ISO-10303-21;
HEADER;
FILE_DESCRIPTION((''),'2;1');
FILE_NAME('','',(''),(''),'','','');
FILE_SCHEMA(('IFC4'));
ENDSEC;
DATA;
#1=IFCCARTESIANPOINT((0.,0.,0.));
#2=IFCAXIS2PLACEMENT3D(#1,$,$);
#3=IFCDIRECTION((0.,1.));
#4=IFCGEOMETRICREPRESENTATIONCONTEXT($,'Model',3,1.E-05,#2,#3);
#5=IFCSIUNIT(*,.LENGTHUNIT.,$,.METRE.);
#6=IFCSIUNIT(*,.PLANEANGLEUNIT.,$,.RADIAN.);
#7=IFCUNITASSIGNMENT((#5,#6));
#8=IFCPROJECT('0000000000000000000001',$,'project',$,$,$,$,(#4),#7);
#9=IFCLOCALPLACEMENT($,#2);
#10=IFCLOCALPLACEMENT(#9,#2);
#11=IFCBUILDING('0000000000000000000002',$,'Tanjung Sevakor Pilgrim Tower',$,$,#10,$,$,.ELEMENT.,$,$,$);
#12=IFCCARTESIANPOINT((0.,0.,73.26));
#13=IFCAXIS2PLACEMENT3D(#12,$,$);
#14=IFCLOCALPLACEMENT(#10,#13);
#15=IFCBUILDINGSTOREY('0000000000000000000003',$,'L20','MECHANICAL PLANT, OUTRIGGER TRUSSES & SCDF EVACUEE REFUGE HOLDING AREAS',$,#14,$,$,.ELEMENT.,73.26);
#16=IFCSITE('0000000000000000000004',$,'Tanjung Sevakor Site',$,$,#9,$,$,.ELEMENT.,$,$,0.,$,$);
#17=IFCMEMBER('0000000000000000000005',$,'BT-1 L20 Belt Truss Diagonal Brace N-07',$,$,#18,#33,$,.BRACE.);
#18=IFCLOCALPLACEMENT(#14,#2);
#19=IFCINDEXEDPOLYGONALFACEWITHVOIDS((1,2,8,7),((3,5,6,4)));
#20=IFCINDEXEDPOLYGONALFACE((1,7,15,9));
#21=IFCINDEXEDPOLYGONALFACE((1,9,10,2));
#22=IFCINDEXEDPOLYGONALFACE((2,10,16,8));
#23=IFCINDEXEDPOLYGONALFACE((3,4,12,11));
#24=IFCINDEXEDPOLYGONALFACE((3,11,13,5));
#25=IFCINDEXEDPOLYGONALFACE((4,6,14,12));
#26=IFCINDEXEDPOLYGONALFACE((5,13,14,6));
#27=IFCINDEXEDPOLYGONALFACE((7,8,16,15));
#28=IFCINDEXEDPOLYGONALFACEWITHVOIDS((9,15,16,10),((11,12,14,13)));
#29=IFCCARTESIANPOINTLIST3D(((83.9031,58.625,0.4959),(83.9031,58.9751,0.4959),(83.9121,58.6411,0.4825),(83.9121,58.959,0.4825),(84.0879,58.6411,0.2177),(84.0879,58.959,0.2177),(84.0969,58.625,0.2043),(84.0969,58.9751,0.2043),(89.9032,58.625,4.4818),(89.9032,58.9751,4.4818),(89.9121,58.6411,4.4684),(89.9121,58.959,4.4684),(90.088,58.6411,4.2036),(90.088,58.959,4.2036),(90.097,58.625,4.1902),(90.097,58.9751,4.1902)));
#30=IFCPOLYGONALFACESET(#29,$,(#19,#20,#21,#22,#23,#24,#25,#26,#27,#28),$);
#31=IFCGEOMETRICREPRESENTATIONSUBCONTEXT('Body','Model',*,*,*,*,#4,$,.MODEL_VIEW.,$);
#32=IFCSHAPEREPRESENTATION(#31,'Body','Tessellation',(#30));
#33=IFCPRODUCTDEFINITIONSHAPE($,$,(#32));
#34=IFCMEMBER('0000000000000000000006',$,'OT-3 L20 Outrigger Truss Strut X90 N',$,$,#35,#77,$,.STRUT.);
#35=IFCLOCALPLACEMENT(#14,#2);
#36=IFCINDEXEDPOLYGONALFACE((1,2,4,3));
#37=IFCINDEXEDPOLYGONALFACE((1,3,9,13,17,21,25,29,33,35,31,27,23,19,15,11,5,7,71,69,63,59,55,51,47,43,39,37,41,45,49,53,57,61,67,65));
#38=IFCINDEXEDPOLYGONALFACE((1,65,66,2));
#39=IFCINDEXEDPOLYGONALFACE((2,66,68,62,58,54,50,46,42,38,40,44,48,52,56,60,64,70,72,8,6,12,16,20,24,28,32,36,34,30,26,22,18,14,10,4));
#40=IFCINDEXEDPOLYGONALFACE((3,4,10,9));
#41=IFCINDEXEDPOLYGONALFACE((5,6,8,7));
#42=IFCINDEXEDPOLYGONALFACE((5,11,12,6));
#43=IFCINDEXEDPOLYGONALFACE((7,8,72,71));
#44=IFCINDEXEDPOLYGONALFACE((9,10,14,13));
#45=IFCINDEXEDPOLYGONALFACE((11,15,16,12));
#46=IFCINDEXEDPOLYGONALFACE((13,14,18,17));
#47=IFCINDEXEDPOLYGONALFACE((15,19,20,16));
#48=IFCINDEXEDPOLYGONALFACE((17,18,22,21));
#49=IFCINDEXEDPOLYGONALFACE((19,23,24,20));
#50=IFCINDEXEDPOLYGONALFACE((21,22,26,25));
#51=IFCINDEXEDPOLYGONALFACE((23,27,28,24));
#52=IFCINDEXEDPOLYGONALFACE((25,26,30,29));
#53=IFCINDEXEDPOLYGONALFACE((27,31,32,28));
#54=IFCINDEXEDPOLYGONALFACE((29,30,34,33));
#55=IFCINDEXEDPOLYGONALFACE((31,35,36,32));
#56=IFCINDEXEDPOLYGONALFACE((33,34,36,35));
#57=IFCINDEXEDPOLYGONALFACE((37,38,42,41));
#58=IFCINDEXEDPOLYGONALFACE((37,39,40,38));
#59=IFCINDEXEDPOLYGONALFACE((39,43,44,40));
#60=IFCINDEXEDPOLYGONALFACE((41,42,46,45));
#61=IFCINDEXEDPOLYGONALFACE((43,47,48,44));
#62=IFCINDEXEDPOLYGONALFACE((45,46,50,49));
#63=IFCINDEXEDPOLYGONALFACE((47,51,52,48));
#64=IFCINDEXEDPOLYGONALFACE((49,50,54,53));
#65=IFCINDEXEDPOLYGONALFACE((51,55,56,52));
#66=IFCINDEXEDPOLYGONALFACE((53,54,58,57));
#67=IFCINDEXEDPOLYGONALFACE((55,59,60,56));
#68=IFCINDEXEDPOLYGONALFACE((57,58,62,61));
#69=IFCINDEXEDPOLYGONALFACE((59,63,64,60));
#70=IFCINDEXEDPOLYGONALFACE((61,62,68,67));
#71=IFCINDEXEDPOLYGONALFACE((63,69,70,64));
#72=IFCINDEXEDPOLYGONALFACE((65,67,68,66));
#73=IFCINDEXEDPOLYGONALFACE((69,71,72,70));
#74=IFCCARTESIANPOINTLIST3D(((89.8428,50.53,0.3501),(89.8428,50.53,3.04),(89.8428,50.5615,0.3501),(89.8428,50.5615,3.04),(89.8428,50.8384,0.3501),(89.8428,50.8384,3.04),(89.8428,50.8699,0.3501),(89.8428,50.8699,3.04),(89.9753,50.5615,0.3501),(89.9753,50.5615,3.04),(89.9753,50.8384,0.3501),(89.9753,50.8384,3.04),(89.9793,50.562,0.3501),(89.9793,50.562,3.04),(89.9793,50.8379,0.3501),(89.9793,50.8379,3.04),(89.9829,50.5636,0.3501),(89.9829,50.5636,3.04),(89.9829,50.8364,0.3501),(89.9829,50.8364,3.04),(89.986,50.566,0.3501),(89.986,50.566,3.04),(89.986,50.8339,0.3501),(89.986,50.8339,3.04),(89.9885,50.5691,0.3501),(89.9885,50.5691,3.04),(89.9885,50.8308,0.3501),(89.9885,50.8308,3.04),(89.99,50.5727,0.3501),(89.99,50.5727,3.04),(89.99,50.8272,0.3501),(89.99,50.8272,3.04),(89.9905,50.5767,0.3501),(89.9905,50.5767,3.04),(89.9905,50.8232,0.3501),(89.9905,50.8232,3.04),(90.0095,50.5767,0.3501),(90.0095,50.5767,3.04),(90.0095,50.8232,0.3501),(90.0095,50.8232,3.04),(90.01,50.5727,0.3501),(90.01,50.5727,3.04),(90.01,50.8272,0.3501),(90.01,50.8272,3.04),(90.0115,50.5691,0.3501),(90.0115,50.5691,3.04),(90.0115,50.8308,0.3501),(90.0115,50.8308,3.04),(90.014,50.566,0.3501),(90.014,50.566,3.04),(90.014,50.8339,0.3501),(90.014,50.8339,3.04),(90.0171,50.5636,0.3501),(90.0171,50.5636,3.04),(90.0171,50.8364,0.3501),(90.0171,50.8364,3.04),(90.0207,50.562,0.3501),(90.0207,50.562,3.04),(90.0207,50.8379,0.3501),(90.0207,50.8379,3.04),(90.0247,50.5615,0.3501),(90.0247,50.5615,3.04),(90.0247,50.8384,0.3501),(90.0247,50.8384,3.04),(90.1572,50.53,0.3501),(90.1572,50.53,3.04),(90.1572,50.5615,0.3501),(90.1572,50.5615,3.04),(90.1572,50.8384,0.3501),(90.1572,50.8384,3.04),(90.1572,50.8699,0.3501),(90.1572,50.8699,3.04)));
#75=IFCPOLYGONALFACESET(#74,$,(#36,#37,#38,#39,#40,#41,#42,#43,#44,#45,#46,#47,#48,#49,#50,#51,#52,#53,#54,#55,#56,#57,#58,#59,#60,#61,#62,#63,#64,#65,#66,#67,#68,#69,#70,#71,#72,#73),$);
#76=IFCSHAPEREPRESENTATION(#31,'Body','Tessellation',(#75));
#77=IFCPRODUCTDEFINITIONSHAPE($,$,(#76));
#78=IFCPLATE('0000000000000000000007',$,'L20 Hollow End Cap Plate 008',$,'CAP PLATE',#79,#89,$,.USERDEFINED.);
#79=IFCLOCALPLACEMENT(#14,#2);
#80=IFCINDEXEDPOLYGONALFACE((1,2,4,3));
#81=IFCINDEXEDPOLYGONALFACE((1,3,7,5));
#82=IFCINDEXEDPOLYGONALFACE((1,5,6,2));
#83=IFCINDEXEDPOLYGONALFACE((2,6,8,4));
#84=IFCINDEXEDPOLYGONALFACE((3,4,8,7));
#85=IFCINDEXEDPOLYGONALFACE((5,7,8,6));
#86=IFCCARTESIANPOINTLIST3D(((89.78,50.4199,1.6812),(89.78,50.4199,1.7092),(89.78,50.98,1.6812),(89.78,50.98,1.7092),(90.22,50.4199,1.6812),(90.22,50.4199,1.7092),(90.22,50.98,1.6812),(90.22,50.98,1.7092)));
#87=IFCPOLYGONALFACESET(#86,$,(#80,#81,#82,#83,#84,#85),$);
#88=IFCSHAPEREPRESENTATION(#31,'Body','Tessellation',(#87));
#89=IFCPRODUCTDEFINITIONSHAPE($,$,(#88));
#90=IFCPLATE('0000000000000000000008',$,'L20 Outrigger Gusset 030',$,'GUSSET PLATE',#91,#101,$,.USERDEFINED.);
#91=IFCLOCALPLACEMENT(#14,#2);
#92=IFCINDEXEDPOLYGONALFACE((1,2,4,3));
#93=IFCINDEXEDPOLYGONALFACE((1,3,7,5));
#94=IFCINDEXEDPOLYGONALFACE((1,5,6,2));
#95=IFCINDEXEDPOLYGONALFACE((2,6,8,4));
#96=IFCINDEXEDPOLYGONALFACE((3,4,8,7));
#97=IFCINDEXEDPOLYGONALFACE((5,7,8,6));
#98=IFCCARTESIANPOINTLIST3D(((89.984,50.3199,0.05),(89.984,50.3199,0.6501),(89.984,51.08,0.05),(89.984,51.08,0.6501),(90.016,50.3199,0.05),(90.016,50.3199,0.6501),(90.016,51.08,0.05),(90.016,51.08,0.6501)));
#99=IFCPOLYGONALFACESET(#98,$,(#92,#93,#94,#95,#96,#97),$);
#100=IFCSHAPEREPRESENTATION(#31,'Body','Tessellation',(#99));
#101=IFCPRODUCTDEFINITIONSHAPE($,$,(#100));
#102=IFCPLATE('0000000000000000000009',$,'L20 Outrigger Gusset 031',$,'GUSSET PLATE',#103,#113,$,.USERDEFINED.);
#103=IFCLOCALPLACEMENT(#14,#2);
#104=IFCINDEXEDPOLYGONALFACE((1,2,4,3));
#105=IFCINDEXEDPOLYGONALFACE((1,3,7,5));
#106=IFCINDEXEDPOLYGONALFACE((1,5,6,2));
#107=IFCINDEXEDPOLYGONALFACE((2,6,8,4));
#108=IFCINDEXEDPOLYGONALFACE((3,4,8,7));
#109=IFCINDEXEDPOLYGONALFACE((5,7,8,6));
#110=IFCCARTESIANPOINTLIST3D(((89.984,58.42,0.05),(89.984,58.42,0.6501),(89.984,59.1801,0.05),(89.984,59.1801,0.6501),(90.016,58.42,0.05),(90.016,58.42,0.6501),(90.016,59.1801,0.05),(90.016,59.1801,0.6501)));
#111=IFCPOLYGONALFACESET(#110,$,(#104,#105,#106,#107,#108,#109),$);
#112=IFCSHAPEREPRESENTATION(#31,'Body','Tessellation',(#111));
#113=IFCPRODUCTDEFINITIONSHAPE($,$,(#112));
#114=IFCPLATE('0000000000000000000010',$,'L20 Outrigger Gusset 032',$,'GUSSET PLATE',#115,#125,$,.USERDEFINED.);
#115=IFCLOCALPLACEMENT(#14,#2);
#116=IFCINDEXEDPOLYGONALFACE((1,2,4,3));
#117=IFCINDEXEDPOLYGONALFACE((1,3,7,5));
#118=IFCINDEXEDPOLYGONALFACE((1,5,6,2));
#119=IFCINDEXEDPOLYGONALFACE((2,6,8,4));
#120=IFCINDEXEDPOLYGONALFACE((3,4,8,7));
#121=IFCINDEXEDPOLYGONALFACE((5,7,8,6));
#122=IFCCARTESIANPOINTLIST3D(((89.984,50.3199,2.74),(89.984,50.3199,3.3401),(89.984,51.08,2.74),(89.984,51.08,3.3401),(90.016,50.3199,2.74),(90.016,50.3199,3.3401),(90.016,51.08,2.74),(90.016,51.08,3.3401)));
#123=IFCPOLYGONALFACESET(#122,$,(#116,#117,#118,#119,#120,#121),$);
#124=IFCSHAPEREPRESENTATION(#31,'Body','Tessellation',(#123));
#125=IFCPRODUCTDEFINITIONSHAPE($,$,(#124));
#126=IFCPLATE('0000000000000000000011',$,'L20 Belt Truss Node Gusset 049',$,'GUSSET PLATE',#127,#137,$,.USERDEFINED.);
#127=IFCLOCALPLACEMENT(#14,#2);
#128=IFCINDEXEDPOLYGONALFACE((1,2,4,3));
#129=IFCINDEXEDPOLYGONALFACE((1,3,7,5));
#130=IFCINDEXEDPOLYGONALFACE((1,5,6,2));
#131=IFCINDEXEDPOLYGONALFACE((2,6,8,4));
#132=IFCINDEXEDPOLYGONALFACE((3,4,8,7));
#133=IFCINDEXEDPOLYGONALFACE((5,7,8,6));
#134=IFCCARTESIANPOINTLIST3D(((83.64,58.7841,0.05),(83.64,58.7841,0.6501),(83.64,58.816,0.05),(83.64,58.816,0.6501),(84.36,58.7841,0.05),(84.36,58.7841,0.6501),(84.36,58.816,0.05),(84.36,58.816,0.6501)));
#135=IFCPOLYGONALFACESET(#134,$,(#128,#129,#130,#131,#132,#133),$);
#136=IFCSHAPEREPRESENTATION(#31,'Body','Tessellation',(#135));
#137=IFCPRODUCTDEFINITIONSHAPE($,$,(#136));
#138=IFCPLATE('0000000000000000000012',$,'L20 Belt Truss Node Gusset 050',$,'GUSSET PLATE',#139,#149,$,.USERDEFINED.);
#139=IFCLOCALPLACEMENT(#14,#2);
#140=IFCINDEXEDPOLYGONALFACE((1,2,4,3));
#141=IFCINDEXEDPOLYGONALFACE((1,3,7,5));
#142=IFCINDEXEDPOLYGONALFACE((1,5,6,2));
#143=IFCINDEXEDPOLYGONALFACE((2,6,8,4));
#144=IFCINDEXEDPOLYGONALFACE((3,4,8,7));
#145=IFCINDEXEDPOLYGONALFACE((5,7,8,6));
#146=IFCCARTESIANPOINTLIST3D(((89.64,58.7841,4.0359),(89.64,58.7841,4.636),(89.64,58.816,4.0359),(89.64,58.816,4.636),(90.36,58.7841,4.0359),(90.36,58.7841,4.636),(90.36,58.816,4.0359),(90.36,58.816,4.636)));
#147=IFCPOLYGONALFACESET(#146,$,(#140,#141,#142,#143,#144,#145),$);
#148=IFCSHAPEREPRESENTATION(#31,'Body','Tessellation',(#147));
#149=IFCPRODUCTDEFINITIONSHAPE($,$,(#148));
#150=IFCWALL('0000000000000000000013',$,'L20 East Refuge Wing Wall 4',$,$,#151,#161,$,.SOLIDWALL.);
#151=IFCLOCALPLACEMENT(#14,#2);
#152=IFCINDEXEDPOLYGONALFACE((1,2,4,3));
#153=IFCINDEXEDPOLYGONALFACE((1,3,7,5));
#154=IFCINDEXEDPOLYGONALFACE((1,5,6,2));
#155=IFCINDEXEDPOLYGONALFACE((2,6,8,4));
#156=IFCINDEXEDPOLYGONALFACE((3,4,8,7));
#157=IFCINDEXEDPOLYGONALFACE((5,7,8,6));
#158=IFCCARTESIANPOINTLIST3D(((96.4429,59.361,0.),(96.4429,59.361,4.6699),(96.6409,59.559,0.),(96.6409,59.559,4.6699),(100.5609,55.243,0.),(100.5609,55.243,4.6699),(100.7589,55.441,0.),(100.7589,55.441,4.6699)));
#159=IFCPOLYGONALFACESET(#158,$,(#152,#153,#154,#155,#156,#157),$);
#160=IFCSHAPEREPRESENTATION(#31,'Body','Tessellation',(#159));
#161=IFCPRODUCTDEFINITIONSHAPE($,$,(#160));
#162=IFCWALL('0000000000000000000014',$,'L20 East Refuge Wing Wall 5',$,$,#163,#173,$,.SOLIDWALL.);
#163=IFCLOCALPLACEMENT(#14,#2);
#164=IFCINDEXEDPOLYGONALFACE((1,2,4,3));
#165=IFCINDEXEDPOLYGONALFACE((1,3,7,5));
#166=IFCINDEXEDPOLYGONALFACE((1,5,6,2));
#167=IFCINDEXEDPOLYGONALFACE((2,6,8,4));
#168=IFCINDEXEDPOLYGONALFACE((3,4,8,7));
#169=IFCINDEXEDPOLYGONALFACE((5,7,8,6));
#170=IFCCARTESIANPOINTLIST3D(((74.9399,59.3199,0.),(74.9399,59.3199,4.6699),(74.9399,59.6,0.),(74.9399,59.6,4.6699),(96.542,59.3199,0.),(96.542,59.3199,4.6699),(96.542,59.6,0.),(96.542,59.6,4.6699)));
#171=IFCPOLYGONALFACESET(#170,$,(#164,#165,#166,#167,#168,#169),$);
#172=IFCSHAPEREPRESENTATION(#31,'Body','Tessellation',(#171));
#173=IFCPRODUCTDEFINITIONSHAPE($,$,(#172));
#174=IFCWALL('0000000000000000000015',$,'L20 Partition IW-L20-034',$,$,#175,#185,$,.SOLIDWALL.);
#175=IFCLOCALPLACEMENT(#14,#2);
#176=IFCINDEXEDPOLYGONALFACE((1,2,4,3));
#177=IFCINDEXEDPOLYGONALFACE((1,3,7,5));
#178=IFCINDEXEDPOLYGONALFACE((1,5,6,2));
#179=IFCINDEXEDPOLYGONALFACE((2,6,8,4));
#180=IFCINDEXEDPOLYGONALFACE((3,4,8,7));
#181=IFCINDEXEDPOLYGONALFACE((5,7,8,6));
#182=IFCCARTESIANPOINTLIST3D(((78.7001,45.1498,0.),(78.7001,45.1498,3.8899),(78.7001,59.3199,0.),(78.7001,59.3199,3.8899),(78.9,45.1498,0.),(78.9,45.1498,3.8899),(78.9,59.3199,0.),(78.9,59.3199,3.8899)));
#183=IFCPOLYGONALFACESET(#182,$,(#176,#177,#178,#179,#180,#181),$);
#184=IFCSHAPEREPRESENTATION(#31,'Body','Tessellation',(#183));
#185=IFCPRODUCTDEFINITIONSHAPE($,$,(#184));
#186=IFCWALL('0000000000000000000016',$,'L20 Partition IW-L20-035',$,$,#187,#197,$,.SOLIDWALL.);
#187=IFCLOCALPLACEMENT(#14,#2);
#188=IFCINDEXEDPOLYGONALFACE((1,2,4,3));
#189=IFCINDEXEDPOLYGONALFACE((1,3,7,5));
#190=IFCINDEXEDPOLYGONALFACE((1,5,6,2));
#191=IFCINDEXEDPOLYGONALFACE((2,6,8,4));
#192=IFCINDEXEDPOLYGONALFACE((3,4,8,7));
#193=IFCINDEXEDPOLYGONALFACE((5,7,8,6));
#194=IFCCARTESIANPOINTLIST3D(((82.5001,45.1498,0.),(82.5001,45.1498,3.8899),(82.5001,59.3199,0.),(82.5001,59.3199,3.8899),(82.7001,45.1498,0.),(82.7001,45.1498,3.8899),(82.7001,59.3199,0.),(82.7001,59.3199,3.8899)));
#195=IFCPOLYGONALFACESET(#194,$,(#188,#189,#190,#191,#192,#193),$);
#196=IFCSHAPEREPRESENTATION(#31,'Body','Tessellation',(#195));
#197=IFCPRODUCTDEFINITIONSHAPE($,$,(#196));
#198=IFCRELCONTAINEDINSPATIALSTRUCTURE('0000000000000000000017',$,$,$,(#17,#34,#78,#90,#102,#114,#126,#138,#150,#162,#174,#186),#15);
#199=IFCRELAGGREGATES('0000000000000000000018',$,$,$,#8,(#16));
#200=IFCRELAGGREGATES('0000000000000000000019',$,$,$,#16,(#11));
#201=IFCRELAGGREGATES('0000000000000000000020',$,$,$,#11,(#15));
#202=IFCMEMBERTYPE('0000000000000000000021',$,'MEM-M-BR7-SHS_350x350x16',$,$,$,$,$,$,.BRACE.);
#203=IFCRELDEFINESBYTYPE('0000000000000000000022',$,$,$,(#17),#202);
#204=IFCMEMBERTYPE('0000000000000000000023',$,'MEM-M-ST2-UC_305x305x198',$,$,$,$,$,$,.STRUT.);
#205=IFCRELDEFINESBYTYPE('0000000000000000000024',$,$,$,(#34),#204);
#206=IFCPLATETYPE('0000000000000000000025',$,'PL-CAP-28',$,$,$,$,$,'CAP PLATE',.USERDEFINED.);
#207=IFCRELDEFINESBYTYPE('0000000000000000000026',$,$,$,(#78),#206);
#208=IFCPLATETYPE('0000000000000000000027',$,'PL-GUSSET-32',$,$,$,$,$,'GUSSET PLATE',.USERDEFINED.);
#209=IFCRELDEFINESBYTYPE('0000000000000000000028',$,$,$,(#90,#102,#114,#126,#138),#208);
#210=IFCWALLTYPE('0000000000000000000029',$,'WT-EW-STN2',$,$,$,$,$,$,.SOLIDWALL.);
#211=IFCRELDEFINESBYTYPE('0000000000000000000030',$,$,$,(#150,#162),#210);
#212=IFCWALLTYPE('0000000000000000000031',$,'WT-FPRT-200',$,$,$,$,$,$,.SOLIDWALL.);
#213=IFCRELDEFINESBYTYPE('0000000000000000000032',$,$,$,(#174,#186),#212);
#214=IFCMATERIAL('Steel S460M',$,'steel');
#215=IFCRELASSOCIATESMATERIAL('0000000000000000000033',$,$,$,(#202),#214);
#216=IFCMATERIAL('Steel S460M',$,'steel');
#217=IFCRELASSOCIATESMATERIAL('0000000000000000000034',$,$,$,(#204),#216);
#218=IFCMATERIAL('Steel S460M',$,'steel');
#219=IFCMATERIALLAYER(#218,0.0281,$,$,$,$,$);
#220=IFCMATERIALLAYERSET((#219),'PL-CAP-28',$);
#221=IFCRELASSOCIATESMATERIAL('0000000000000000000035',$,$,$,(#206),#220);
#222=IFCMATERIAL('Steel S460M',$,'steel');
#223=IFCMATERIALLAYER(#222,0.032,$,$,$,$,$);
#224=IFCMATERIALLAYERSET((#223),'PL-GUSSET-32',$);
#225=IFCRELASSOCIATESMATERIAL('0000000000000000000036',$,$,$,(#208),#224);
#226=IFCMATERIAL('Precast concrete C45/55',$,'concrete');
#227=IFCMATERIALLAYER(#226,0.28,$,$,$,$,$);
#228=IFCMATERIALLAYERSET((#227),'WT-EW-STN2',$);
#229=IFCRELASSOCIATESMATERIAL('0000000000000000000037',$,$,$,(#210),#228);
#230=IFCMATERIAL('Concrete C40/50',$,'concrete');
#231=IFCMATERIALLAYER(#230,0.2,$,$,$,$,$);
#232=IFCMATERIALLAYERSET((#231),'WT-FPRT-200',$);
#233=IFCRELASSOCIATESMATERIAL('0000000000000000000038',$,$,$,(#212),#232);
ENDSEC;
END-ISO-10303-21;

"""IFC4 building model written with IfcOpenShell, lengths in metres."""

from ifc_helpers import new_model, si_unit, direction, frame, frame_2d, origin, origin_2d, place, context, subcontext, project, spatial, rectangle, hollow_rectangle, i_section, extrude, material, layer, layer_set, material_profile, profile_set, type_object, element, save


model = new_model("IFC4")

# Units and contexts
model_context = context("Model", 3, precision=1e-05, world=origin(), true_north=direction((0.0, 1.0)))
body_context = subcontext(model_context, "Body", "Model", "MODEL_VIEW")
ifc_project = project(units=[si_unit("LENGTHUNIT", "METRE"), si_unit("PLANEANGLEUNIT", "RADIAN")], contexts=[model_context])

# Site, building, storey
site_placement = place(None, origin())
site = spatial("IfcSite", under=ifc_project, at=site_placement, Name="Tanjung Sevakor Site", CompositionType="ELEMENT", RefElevation=0.0)
building_placement = place(site_placement, origin())
building = spatial("IfcBuilding", under=site, at=building_placement, Name="Tanjung Sevakor Pilgrim Tower", CompositionType="ELEMENT")
storey_placement = place(building_placement, frame((0.0, 0.0, 73.26)))
storey = spatial("IfcBuildingStorey", under=building, at=storey_placement, Name="L20", Description="MECHANICAL PLANT, OUTRIGGER TRUSSES & SCDF EVACUEE REFUGE HOLDING AREAS", CompositionType="ELEMENT", Elevation=73.26)

# Members
ifc_material_1 = material(Name="Steel S460M", Category="steel")
ifc_material_profile_1 = material_profile(ifc_material_1, hollow_rectangle(XDim=0.3501, YDim=0.3501, WallThickness=0.0161, at=origin_2d()))
ifc_profile_set_1 = profile_set([ifc_material_profile_1], Name="Steel S460M")
member_type_1 = type_object("IfcMemberType", Name="MEM-M-BR7-SHS_350x350x16", PredefinedType="BRACE", material=ifc_profile_set_1)
member_1_placement = place(storey_placement, frame((84.0, 58.8, 0.3501), z_axis=(0.832956, 0.0, 0.553339), x_axis=(0.0, 1.0, 0.0)))
element("IfcMember", 1, at=member_1_placement, inside=storey, type_object=member_type_1, Name="BT-1 L20 Belt Truss Diagonal Brace N-07", PredefinedType="BRACE", context=body_context, shape_type="SweptSolid", body=[
    extrude(hollow_rectangle(XDim=0.3501, YDim=0.3501, WallThickness=0.0161, at=origin_2d()), origin(), (0.0, 0.0, 1.0), 7.2034),
])
ifc_material_2 = material(Name="Steel S460M", Category="steel")
ifc_material_profile_2 = material_profile(ifc_material_2, i_section(OverallWidth=0.3145, OverallDepth=0.3398, WebThickness=0.019, FlangeThickness=0.0315, FilletRadius=0.0151, at=origin_2d()))
ifc_profile_set_2 = profile_set([ifc_material_profile_2], Name="Steel S460M")
member_type_2 = type_object("IfcMemberType", Name="MEM-M-ST2-UC_305x305x198", PredefinedType="STRUT", material=ifc_profile_set_2)
member_2_placement = place(storey_placement, frame((90.0, 50.7, 0.3501), z_axis=(0.0, 0.0, 1.0), x_axis=(1.0, 0.0, 0.0)))
element("IfcMember", 2, at=member_2_placement, inside=storey, type_object=member_type_2, Name="OT-3 L20 Outrigger Truss Strut X90 N", PredefinedType="STRUT", context=body_context, shape_type="SweptSolid", body=[
    extrude(i_section(OverallWidth=0.3145, OverallDepth=0.3398, WebThickness=0.019, FlangeThickness=0.0315, FilletRadius=0.0151, at=origin_2d()), origin(), (0.0, 0.0, 1.0), 2.6899),
])

# Plates
ifc_material_3 = material(Name="Steel S460M", Category="steel")
ifc_layer_1 = layer(ifc_material_3, 0.0281)
ifc_layer_set_1 = layer_set([ifc_layer_1], Name="PL-CAP-28")
plate_type_1 = type_object("IfcPlateType", Name="PL-CAP-28", ElementType="CAP PLATE", PredefinedType="USERDEFINED", material=ifc_layer_set_1)
plate_placement = place(storey_placement, frame((90.0, 50.7, 1.6812), z_axis=(0.0, 0.0, 1.0), x_axis=(1.0, 0.0, 0.0)))
element("IfcPlate", 3, at=plate_placement, inside=storey, type_object=plate_type_1, Name="L20 Hollow End Cap Plate 008", ObjectType="CAP PLATE", PredefinedType="USERDEFINED", context=body_context, shape_type="SweptSolid", body=[
    extrude(rectangle(XDim=0.4399, YDim=0.5601, at=origin_2d()), origin(), (0.0, 0.0, 1.0), 0.0281),
])
ifc_material_4 = material(Name="Steel S460M", Category="steel")
ifc_layer_2 = layer(ifc_material_4, 0.032)
ifc_layer_set_2 = layer_set([ifc_layer_2], Name="PL-GUSSET-32")
plate_type_2 = type_object("IfcPlateType", Name="PL-GUSSET-32", ElementType="GUSSET PLATE", PredefinedType="USERDEFINED", material=ifc_layer_set_2)
for number, where, z_axis, x_axis, name in (
    (4, (90.0, 50.7, 0.05), (0.0, 0.0, 1.0), (1.0, 0.0, 0.0), "L20 Outrigger Gusset 030"),
    (5, (90.0, 58.8, 0.05), (0.0, 0.0, 1.0), (1.0, 0.0, 0.0), "L20 Outrigger Gusset 031"),
    (6, (90.0, 50.7, 2.74), (0.0, 0.0, 1.0), (1.0, 0.0, 0.0), "L20 Outrigger Gusset 032"),
):
    element("IfcPlate", number, at=place(storey_placement, frame(where, z_axis=z_axis, x_axis=x_axis)), inside=storey, type_object=plate_type_2, Name=name, ObjectType="GUSSET PLATE", PredefinedType="USERDEFINED", context=body_context, shape_type="SweptSolid", body=[
        extrude(rectangle(XDim=0.032, YDim=0.76, at=origin_2d()), origin(), (0.0, 0.0, 1.0), 0.6001),
    ])
for number, where, z_axis, x_axis, name in (
    (7, (84.0, 58.8, 0.05), (0.0, 0.0, 1.0), (1.0, 0.0, 0.0), "L20 Belt Truss Node Gusset 049"),
    (8, (90.0, 58.8, 4.0359), (0.0, 0.0, 1.0), (1.0, 0.0, 0.0), "L20 Belt Truss Node Gusset 050"),
):
    element("IfcPlate", number, at=place(storey_placement, frame(where, z_axis=z_axis, x_axis=x_axis)), inside=storey, type_object=plate_type_2, Name=name, ObjectType="GUSSET PLATE", PredefinedType="USERDEFINED", context=body_context, shape_type="SweptSolid", body=[
        extrude(rectangle(XDim=0.72, YDim=0.032, at=origin_2d()), origin(), (0.0, 0.0, 1.0), 0.6001),
    ])

# Walls
ifc_material_5 = material(Name="Precast concrete C45/55", Category="concrete")
ifc_layer_3 = layer(ifc_material_5, 0.28)
ifc_layer_set_3 = layer_set([ifc_layer_3], Name="WT-EW-STN2")
wall_type_1 = type_object("IfcWallType", Name="WT-EW-STN2", PredefinedType="SOLIDWALL", material=ifc_layer_set_3)
wall_1_placement = place(storey_placement, frame((100.6599, 55.342, 0.0), z_axis=(0.0, 0.0, 1.0), x_axis=(-0.707107, 0.707107, 0.0)))
element("IfcWall", 9, at=wall_1_placement, inside=storey, type_object=wall_type_1, Name="L20 East Refuge Wing Wall 4", PredefinedType="SOLIDWALL", context=body_context, shape_type="SweptSolid", body=[
    extrude(rectangle(XDim=5.8237, YDim=0.28, at=frame_2d((2.9119, 0.0))), origin(), (0.0, 0.0, 1.0), 4.6699),
])
wall_2_placement = place(storey_placement, frame((96.542, 59.46, 0.0), z_axis=(0.0, 0.0, 1.0), x_axis=(-1.0, 0.0, 0.0)))
element("IfcWall", 10, at=wall_2_placement, inside=storey, type_object=wall_type_1, Name="L20 East Refuge Wing Wall 5", PredefinedType="SOLIDWALL", context=body_context, shape_type="SweptSolid", body=[
    extrude(rectangle(XDim=21.6021, YDim=0.28, at=frame_2d((10.801, 0.0))), origin(), (0.0, 0.0, 1.0), 4.6699),
])

# Shared definitions
ifc_material_6 = material(Name="Concrete C40/50", Category="concrete")
ifc_layer_4 = layer(ifc_material_6, 0.2)
ifc_layer_set_4 = layer_set([ifc_layer_4], Name="WT-FPRT-200")
wall_type_2 = type_object("IfcWallType", Name="WT-FPRT-200", PredefinedType="SOLIDWALL", material=ifc_layer_set_4)

# Walls
for number, where, z_axis, x_axis, name in (
    (11, (78.8, 45.1499, 0.0), (0.0, 0.0, 1.0), (0.0, 1.0, 0.0), "L20 Partition IW-L20-034"),
    (12, (82.6001, 45.1499, 0.0), (0.0, 0.0, 1.0), (0.0, 1.0, 0.0), "L20 Partition IW-L20-035"),
):
    element("IfcWall", number, at=place(storey_placement, frame(where, z_axis=z_axis, x_axis=x_axis)), inside=storey, type_object=wall_type_2, Name=name, PredefinedType="SOLIDWALL", context=body_context, shape_type="SweptSolid", body=[
        extrude(rectangle(XDim=14.1702, YDim=0.2, at=frame_2d((7.085, 0.0))), origin(), (0.0, 0.0, 1.0), 3.8899),
    ])

save(model, "model.ifc")
